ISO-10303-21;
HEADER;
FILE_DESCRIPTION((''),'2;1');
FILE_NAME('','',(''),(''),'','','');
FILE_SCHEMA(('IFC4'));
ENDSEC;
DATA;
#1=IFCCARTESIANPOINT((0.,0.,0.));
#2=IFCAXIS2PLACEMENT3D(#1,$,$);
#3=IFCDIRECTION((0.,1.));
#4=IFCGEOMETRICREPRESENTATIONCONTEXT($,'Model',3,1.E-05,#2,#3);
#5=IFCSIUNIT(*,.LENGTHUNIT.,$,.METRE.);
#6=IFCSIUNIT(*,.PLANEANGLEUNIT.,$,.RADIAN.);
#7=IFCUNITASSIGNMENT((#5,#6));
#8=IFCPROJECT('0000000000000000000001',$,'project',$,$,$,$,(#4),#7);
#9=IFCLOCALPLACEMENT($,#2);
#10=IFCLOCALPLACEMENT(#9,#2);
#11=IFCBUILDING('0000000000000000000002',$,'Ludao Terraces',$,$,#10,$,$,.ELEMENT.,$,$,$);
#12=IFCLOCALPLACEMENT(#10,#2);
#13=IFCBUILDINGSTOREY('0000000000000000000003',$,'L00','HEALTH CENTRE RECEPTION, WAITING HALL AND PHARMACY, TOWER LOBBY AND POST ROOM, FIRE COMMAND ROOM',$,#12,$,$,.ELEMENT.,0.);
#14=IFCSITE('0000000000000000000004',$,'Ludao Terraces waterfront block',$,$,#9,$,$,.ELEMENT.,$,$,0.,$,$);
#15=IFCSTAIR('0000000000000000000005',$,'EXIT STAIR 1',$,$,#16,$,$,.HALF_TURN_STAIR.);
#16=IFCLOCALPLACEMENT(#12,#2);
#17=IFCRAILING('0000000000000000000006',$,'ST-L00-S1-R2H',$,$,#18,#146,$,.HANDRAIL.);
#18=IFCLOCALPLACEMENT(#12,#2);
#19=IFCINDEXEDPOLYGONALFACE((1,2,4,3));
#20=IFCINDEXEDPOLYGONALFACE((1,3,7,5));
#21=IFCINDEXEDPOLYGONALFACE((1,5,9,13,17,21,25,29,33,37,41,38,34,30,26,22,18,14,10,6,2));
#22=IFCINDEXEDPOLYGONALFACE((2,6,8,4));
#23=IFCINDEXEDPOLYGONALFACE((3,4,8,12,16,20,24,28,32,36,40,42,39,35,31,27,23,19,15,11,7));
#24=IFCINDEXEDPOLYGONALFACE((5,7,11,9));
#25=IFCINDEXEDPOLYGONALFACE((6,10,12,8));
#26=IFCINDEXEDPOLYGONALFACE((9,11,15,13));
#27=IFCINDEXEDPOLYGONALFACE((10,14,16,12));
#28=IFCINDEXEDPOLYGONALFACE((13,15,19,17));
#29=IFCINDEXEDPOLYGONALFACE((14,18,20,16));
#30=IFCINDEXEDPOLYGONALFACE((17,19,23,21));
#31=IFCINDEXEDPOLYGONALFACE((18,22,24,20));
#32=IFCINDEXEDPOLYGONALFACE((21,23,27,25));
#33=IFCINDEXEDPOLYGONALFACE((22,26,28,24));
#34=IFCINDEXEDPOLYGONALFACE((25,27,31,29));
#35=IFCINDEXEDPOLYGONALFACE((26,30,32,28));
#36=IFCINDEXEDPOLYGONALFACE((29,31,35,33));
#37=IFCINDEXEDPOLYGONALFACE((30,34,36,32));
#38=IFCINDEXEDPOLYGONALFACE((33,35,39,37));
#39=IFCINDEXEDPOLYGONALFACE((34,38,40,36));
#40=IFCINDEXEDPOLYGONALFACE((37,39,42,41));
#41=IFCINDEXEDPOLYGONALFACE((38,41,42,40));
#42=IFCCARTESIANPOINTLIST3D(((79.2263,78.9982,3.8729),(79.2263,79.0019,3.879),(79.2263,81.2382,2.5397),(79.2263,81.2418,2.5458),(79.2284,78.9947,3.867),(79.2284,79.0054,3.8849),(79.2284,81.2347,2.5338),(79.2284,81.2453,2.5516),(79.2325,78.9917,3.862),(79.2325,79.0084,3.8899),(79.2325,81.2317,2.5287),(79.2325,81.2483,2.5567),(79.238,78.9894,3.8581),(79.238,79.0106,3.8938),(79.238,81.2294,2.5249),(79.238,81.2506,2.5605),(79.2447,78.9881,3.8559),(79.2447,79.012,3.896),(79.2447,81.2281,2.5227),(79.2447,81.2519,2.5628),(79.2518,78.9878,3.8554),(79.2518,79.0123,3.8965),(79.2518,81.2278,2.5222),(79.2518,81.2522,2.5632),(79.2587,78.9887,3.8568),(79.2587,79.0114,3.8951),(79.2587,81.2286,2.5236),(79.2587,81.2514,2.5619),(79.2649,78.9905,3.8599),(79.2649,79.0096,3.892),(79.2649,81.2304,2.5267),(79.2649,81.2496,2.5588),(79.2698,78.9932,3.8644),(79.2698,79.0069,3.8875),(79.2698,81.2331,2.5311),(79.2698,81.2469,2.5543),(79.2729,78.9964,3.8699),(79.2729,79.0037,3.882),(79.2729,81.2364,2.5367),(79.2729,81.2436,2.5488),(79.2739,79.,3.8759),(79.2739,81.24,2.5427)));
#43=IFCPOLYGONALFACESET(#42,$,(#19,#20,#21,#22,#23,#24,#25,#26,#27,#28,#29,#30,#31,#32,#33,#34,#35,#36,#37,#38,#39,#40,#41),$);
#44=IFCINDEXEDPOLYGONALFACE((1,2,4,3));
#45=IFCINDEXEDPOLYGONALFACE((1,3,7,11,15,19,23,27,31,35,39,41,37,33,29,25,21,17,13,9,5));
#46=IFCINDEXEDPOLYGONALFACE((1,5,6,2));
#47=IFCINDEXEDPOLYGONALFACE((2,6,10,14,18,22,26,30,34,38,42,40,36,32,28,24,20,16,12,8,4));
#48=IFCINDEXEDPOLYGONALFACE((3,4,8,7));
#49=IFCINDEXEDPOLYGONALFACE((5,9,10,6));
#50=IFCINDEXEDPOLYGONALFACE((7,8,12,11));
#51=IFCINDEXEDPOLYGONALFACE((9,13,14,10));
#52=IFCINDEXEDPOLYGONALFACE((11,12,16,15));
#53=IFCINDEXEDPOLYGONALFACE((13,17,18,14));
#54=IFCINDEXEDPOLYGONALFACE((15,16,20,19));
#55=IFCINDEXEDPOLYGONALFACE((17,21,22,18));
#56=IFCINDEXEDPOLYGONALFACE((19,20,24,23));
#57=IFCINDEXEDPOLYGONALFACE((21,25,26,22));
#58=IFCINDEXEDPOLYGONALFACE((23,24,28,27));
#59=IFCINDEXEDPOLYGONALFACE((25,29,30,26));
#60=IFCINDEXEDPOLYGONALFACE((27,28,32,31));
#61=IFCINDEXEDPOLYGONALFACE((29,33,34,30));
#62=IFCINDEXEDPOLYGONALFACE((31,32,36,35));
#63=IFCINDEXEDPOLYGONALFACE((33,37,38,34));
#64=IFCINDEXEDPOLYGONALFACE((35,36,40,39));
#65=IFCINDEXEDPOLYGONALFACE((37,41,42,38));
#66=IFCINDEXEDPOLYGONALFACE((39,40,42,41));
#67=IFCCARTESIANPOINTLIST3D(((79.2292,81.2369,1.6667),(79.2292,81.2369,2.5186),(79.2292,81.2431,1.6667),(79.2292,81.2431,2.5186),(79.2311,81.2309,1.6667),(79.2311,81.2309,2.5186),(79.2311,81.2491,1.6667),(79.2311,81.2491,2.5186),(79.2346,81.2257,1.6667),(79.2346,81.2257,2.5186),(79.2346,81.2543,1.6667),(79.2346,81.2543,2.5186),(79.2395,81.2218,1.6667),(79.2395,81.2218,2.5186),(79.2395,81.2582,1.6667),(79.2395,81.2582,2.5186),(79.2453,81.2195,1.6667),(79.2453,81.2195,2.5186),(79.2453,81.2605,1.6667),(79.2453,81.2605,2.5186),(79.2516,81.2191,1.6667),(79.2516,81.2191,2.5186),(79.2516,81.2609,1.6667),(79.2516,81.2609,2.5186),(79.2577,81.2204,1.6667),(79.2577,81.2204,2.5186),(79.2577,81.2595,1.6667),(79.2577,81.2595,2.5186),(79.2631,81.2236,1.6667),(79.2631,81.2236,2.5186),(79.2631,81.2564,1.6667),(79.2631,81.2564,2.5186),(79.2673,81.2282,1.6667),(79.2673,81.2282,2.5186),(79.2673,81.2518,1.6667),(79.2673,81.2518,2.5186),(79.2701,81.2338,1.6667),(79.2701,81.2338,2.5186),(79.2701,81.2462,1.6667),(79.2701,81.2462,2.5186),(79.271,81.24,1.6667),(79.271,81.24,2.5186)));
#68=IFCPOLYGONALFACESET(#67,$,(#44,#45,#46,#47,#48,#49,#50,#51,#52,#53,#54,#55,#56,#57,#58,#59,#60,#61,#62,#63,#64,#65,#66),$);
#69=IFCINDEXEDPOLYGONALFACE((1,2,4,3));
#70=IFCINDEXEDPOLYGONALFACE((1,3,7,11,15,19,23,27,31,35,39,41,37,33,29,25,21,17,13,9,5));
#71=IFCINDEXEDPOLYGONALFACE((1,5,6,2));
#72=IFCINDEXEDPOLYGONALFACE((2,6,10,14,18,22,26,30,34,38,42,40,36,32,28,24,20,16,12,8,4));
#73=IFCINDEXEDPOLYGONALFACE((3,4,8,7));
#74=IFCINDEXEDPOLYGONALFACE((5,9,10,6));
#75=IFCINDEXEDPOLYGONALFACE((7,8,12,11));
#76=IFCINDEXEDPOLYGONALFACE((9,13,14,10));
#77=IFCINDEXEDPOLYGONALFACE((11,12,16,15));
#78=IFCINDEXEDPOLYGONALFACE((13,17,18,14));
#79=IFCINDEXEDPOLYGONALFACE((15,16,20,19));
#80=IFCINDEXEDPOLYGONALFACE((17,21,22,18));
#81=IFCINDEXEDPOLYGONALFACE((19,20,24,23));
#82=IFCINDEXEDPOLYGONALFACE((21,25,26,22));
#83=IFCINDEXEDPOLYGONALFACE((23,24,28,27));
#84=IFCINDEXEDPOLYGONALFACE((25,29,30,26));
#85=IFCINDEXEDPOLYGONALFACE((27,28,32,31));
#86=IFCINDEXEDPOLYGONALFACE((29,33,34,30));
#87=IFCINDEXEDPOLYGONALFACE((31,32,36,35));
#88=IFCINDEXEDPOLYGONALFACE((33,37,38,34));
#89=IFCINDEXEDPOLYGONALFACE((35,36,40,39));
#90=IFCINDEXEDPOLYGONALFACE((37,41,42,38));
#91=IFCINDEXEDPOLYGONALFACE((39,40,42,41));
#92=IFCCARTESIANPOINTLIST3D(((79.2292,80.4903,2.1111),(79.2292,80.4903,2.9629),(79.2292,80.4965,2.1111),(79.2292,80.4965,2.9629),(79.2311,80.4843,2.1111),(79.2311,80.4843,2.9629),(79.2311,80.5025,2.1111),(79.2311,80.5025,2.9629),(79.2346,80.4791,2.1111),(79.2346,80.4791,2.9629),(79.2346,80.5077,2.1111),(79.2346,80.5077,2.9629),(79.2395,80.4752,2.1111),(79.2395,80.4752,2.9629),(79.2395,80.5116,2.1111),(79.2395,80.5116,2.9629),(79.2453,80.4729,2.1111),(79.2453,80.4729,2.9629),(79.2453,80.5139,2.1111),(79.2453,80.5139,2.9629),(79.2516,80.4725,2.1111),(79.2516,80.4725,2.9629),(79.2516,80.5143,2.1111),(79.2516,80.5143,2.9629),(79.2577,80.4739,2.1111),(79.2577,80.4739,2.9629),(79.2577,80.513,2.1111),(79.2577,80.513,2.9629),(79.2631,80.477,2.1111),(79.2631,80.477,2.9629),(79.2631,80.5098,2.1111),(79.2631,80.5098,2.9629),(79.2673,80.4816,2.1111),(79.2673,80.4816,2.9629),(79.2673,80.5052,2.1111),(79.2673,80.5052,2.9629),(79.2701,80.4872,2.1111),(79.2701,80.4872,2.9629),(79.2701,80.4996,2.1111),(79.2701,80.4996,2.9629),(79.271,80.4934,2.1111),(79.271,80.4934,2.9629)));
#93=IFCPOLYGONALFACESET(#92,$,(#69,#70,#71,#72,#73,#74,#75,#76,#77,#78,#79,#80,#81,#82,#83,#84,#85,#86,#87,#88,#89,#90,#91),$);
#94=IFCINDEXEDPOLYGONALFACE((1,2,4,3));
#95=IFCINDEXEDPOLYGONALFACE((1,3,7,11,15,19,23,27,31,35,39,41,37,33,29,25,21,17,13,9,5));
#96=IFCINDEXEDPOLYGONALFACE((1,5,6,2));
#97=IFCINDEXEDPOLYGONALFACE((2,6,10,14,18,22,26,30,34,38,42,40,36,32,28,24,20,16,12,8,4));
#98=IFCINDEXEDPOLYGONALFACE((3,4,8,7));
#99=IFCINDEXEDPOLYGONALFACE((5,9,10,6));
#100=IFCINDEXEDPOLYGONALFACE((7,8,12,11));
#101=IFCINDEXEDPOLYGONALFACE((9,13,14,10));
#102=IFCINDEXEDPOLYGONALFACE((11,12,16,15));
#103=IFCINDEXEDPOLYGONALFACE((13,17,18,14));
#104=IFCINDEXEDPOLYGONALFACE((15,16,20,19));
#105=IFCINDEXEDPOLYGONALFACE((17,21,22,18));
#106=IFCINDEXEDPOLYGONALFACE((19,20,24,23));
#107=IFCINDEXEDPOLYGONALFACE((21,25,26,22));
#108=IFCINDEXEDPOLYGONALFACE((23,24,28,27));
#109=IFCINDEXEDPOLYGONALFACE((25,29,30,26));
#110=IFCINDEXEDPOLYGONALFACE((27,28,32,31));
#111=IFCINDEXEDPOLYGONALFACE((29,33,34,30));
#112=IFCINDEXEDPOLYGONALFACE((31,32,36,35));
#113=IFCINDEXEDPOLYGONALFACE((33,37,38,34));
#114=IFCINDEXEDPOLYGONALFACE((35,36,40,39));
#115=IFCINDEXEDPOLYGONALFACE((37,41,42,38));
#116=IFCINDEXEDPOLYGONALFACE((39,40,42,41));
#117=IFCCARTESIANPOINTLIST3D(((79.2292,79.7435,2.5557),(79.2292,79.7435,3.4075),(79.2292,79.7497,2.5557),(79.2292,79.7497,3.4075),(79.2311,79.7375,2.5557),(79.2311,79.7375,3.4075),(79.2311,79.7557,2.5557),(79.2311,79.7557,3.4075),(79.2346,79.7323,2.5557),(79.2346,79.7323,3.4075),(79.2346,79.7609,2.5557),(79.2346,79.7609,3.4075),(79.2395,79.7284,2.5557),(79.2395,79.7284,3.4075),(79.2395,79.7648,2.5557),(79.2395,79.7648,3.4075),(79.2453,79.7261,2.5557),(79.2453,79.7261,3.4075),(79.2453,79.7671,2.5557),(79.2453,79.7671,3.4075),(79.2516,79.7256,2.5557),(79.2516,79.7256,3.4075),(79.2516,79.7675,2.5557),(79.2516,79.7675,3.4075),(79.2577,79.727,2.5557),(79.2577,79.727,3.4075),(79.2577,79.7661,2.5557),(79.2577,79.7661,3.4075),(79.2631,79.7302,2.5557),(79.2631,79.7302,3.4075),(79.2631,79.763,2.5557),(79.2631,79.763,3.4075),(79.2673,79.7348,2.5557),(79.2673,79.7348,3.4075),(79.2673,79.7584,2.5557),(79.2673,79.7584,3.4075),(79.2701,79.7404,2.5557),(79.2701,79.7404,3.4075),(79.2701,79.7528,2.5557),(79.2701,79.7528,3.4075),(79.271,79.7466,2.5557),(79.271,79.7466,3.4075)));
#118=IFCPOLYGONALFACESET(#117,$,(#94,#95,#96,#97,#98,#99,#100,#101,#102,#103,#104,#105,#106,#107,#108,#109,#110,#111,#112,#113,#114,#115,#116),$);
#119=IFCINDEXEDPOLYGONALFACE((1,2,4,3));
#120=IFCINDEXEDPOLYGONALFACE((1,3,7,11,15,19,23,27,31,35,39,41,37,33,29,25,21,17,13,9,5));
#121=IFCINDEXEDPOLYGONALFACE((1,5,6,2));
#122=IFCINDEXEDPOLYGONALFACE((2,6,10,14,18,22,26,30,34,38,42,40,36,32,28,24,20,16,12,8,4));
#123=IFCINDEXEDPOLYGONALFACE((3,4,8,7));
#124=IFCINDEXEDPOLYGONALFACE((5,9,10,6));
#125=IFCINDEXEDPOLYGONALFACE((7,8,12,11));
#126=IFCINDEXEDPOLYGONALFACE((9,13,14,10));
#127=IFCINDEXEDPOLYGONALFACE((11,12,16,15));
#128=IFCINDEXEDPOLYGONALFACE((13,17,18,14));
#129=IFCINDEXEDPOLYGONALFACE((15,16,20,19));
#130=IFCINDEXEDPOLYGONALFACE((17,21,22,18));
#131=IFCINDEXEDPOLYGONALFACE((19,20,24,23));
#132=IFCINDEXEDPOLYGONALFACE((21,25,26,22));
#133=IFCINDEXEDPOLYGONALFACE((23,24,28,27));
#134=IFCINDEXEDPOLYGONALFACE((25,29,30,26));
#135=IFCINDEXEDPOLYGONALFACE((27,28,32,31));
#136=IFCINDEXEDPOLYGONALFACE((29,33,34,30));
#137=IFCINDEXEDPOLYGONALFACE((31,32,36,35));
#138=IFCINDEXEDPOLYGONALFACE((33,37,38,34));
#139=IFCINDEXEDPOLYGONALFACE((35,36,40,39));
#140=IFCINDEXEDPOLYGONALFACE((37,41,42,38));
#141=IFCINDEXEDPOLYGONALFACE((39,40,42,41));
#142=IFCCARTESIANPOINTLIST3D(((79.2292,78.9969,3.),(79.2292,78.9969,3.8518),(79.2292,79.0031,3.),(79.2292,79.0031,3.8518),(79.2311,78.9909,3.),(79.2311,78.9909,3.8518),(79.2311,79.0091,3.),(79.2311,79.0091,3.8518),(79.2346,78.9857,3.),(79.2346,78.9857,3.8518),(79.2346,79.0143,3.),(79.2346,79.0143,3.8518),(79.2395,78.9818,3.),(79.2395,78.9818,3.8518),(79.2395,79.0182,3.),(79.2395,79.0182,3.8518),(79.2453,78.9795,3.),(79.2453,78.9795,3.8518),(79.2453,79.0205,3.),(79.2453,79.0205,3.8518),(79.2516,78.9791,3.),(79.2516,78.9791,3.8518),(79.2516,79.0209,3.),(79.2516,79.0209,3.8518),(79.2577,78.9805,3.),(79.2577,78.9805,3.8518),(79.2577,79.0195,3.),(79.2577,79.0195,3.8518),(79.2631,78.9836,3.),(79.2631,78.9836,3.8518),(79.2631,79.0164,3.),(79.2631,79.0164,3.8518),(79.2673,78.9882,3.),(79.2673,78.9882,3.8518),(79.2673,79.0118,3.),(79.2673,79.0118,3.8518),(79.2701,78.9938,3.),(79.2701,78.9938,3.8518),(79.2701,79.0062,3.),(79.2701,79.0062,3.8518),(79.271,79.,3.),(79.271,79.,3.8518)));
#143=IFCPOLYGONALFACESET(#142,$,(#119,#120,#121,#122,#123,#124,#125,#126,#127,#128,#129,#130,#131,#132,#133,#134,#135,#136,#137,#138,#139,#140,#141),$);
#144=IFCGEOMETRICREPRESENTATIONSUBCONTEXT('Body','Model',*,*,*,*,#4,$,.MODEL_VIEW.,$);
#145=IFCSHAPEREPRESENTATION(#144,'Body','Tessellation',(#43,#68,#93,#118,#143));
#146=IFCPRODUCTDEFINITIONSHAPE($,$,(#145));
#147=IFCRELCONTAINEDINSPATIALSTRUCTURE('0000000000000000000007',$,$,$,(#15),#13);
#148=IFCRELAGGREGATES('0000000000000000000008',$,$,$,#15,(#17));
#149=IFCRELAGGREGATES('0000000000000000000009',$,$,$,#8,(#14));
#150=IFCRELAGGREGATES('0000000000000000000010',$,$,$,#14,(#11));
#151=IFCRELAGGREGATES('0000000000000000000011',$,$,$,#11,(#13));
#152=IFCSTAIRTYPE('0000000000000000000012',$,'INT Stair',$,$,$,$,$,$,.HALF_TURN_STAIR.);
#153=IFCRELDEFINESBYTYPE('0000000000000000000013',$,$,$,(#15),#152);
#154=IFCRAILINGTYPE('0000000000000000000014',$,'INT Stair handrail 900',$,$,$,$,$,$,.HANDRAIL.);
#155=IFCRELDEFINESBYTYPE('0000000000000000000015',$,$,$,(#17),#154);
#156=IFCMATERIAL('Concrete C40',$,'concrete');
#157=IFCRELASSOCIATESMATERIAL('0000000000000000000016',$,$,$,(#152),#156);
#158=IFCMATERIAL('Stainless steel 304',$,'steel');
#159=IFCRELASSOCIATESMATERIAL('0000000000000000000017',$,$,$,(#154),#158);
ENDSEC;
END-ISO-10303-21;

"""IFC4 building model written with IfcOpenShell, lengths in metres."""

from ifc_helpers import new_model, si_unit, direction, frame, origin, origin_2d, place, context, subcontext, project, spatial, circle, extrude, material, type_object, element, aggregate, save


model = new_model("IFC4")

# Units and contexts
model_context = context("Model", 3, precision=1e-05, world=origin(), true_north=direction((0.0, 1.0)))
body_context = subcontext(model_context, "Body", "Model", "MODEL_VIEW")
ifc_project = project(units=[si_unit("LENGTHUNIT", "METRE"), si_unit("PLANEANGLEUNIT", "RADIAN")], contexts=[model_context])

# Site, building, storey
site_placement = place(None, origin())
site = spatial("IfcSite", under=ifc_project, at=site_placement, Name="Ludao Terraces waterfront block", CompositionType="ELEMENT", RefElevation=0.0)
building_placement = place(site_placement, origin())
building = spatial("IfcBuilding", under=site, at=building_placement, Name="Ludao Terraces", CompositionType="ELEMENT")
storey_placement = place(building_placement, origin())
storey = spatial("IfcBuildingStorey", under=building, at=storey_placement, Name="L00", Description="HEALTH CENTRE RECEPTION, WAITING HALL AND PHARMACY, TOWER LOBBY AND POST ROOM, FIRE COMMAND ROOM", CompositionType="ELEMENT", Elevation=0.0)

# Shared definitions
ifc_material_1 = material(Name="Concrete C40", Category="concrete")

# Stair, railing
stair_type = type_object("IfcStairType", Name="INT Stair", PredefinedType="HALF_TURN_STAIR", material=ifc_material_1)
stair_placement = place(storey_placement, origin())
stair = element("IfcStair", 1, at=stair_placement, inside=storey, type_object=stair_type, Name="EXIT STAIR 1", PredefinedType="HALF_TURN_STAIR")
ifc_material_2 = material(Name="Stainless steel 304", Category="steel")
railing_type_1 = type_object("IfcRailingType", Name="INT Stair handrail 900", PredefinedType="HANDRAIL", material=ifc_material_2)
railing_1_placement = place(storey_placement, frame((79.25, 81.24, 1.6667)))
railing_1 = element("IfcRailing", 2, at=railing_1_placement, type_object=railing_type_1, Name="ST-L00-S1-R2H", PredefinedType="HANDRAIL", context=body_context, shape_type="SweptSolid", body=[
    extrude(circle(Radius=0.0239, at=origin_2d()), frame((0.0, 0.0, 0.876), z_axis=(0.0, -0.859306, 0.511462), x_axis=(1.0, 0.0, 0.0)), (0.0, 0.0, 1.0), 2.6067),
    extrude(circle(Radius=0.021, at=origin_2d()), origin(), (0.0, 0.0, 1.0), 0.8518),
    extrude(circle(Radius=0.021, at=origin_2d()), frame((0.0, -0.7466, 0.4443)), (0.0, 0.0, 1.0), 0.8518),
    extrude(circle(Radius=0.021, at=origin_2d()), frame((0.0, -1.4934, 0.8889)), (0.0, 0.0, 1.0), 0.8518),
    extrude(circle(Radius=0.021, at=origin_2d()), frame((0.0, -2.24, 1.3333)), (0.0, 0.0, 1.0), 0.8518),
])
aggregate(stair, [railing_1])

save(model, "model.ifc")
